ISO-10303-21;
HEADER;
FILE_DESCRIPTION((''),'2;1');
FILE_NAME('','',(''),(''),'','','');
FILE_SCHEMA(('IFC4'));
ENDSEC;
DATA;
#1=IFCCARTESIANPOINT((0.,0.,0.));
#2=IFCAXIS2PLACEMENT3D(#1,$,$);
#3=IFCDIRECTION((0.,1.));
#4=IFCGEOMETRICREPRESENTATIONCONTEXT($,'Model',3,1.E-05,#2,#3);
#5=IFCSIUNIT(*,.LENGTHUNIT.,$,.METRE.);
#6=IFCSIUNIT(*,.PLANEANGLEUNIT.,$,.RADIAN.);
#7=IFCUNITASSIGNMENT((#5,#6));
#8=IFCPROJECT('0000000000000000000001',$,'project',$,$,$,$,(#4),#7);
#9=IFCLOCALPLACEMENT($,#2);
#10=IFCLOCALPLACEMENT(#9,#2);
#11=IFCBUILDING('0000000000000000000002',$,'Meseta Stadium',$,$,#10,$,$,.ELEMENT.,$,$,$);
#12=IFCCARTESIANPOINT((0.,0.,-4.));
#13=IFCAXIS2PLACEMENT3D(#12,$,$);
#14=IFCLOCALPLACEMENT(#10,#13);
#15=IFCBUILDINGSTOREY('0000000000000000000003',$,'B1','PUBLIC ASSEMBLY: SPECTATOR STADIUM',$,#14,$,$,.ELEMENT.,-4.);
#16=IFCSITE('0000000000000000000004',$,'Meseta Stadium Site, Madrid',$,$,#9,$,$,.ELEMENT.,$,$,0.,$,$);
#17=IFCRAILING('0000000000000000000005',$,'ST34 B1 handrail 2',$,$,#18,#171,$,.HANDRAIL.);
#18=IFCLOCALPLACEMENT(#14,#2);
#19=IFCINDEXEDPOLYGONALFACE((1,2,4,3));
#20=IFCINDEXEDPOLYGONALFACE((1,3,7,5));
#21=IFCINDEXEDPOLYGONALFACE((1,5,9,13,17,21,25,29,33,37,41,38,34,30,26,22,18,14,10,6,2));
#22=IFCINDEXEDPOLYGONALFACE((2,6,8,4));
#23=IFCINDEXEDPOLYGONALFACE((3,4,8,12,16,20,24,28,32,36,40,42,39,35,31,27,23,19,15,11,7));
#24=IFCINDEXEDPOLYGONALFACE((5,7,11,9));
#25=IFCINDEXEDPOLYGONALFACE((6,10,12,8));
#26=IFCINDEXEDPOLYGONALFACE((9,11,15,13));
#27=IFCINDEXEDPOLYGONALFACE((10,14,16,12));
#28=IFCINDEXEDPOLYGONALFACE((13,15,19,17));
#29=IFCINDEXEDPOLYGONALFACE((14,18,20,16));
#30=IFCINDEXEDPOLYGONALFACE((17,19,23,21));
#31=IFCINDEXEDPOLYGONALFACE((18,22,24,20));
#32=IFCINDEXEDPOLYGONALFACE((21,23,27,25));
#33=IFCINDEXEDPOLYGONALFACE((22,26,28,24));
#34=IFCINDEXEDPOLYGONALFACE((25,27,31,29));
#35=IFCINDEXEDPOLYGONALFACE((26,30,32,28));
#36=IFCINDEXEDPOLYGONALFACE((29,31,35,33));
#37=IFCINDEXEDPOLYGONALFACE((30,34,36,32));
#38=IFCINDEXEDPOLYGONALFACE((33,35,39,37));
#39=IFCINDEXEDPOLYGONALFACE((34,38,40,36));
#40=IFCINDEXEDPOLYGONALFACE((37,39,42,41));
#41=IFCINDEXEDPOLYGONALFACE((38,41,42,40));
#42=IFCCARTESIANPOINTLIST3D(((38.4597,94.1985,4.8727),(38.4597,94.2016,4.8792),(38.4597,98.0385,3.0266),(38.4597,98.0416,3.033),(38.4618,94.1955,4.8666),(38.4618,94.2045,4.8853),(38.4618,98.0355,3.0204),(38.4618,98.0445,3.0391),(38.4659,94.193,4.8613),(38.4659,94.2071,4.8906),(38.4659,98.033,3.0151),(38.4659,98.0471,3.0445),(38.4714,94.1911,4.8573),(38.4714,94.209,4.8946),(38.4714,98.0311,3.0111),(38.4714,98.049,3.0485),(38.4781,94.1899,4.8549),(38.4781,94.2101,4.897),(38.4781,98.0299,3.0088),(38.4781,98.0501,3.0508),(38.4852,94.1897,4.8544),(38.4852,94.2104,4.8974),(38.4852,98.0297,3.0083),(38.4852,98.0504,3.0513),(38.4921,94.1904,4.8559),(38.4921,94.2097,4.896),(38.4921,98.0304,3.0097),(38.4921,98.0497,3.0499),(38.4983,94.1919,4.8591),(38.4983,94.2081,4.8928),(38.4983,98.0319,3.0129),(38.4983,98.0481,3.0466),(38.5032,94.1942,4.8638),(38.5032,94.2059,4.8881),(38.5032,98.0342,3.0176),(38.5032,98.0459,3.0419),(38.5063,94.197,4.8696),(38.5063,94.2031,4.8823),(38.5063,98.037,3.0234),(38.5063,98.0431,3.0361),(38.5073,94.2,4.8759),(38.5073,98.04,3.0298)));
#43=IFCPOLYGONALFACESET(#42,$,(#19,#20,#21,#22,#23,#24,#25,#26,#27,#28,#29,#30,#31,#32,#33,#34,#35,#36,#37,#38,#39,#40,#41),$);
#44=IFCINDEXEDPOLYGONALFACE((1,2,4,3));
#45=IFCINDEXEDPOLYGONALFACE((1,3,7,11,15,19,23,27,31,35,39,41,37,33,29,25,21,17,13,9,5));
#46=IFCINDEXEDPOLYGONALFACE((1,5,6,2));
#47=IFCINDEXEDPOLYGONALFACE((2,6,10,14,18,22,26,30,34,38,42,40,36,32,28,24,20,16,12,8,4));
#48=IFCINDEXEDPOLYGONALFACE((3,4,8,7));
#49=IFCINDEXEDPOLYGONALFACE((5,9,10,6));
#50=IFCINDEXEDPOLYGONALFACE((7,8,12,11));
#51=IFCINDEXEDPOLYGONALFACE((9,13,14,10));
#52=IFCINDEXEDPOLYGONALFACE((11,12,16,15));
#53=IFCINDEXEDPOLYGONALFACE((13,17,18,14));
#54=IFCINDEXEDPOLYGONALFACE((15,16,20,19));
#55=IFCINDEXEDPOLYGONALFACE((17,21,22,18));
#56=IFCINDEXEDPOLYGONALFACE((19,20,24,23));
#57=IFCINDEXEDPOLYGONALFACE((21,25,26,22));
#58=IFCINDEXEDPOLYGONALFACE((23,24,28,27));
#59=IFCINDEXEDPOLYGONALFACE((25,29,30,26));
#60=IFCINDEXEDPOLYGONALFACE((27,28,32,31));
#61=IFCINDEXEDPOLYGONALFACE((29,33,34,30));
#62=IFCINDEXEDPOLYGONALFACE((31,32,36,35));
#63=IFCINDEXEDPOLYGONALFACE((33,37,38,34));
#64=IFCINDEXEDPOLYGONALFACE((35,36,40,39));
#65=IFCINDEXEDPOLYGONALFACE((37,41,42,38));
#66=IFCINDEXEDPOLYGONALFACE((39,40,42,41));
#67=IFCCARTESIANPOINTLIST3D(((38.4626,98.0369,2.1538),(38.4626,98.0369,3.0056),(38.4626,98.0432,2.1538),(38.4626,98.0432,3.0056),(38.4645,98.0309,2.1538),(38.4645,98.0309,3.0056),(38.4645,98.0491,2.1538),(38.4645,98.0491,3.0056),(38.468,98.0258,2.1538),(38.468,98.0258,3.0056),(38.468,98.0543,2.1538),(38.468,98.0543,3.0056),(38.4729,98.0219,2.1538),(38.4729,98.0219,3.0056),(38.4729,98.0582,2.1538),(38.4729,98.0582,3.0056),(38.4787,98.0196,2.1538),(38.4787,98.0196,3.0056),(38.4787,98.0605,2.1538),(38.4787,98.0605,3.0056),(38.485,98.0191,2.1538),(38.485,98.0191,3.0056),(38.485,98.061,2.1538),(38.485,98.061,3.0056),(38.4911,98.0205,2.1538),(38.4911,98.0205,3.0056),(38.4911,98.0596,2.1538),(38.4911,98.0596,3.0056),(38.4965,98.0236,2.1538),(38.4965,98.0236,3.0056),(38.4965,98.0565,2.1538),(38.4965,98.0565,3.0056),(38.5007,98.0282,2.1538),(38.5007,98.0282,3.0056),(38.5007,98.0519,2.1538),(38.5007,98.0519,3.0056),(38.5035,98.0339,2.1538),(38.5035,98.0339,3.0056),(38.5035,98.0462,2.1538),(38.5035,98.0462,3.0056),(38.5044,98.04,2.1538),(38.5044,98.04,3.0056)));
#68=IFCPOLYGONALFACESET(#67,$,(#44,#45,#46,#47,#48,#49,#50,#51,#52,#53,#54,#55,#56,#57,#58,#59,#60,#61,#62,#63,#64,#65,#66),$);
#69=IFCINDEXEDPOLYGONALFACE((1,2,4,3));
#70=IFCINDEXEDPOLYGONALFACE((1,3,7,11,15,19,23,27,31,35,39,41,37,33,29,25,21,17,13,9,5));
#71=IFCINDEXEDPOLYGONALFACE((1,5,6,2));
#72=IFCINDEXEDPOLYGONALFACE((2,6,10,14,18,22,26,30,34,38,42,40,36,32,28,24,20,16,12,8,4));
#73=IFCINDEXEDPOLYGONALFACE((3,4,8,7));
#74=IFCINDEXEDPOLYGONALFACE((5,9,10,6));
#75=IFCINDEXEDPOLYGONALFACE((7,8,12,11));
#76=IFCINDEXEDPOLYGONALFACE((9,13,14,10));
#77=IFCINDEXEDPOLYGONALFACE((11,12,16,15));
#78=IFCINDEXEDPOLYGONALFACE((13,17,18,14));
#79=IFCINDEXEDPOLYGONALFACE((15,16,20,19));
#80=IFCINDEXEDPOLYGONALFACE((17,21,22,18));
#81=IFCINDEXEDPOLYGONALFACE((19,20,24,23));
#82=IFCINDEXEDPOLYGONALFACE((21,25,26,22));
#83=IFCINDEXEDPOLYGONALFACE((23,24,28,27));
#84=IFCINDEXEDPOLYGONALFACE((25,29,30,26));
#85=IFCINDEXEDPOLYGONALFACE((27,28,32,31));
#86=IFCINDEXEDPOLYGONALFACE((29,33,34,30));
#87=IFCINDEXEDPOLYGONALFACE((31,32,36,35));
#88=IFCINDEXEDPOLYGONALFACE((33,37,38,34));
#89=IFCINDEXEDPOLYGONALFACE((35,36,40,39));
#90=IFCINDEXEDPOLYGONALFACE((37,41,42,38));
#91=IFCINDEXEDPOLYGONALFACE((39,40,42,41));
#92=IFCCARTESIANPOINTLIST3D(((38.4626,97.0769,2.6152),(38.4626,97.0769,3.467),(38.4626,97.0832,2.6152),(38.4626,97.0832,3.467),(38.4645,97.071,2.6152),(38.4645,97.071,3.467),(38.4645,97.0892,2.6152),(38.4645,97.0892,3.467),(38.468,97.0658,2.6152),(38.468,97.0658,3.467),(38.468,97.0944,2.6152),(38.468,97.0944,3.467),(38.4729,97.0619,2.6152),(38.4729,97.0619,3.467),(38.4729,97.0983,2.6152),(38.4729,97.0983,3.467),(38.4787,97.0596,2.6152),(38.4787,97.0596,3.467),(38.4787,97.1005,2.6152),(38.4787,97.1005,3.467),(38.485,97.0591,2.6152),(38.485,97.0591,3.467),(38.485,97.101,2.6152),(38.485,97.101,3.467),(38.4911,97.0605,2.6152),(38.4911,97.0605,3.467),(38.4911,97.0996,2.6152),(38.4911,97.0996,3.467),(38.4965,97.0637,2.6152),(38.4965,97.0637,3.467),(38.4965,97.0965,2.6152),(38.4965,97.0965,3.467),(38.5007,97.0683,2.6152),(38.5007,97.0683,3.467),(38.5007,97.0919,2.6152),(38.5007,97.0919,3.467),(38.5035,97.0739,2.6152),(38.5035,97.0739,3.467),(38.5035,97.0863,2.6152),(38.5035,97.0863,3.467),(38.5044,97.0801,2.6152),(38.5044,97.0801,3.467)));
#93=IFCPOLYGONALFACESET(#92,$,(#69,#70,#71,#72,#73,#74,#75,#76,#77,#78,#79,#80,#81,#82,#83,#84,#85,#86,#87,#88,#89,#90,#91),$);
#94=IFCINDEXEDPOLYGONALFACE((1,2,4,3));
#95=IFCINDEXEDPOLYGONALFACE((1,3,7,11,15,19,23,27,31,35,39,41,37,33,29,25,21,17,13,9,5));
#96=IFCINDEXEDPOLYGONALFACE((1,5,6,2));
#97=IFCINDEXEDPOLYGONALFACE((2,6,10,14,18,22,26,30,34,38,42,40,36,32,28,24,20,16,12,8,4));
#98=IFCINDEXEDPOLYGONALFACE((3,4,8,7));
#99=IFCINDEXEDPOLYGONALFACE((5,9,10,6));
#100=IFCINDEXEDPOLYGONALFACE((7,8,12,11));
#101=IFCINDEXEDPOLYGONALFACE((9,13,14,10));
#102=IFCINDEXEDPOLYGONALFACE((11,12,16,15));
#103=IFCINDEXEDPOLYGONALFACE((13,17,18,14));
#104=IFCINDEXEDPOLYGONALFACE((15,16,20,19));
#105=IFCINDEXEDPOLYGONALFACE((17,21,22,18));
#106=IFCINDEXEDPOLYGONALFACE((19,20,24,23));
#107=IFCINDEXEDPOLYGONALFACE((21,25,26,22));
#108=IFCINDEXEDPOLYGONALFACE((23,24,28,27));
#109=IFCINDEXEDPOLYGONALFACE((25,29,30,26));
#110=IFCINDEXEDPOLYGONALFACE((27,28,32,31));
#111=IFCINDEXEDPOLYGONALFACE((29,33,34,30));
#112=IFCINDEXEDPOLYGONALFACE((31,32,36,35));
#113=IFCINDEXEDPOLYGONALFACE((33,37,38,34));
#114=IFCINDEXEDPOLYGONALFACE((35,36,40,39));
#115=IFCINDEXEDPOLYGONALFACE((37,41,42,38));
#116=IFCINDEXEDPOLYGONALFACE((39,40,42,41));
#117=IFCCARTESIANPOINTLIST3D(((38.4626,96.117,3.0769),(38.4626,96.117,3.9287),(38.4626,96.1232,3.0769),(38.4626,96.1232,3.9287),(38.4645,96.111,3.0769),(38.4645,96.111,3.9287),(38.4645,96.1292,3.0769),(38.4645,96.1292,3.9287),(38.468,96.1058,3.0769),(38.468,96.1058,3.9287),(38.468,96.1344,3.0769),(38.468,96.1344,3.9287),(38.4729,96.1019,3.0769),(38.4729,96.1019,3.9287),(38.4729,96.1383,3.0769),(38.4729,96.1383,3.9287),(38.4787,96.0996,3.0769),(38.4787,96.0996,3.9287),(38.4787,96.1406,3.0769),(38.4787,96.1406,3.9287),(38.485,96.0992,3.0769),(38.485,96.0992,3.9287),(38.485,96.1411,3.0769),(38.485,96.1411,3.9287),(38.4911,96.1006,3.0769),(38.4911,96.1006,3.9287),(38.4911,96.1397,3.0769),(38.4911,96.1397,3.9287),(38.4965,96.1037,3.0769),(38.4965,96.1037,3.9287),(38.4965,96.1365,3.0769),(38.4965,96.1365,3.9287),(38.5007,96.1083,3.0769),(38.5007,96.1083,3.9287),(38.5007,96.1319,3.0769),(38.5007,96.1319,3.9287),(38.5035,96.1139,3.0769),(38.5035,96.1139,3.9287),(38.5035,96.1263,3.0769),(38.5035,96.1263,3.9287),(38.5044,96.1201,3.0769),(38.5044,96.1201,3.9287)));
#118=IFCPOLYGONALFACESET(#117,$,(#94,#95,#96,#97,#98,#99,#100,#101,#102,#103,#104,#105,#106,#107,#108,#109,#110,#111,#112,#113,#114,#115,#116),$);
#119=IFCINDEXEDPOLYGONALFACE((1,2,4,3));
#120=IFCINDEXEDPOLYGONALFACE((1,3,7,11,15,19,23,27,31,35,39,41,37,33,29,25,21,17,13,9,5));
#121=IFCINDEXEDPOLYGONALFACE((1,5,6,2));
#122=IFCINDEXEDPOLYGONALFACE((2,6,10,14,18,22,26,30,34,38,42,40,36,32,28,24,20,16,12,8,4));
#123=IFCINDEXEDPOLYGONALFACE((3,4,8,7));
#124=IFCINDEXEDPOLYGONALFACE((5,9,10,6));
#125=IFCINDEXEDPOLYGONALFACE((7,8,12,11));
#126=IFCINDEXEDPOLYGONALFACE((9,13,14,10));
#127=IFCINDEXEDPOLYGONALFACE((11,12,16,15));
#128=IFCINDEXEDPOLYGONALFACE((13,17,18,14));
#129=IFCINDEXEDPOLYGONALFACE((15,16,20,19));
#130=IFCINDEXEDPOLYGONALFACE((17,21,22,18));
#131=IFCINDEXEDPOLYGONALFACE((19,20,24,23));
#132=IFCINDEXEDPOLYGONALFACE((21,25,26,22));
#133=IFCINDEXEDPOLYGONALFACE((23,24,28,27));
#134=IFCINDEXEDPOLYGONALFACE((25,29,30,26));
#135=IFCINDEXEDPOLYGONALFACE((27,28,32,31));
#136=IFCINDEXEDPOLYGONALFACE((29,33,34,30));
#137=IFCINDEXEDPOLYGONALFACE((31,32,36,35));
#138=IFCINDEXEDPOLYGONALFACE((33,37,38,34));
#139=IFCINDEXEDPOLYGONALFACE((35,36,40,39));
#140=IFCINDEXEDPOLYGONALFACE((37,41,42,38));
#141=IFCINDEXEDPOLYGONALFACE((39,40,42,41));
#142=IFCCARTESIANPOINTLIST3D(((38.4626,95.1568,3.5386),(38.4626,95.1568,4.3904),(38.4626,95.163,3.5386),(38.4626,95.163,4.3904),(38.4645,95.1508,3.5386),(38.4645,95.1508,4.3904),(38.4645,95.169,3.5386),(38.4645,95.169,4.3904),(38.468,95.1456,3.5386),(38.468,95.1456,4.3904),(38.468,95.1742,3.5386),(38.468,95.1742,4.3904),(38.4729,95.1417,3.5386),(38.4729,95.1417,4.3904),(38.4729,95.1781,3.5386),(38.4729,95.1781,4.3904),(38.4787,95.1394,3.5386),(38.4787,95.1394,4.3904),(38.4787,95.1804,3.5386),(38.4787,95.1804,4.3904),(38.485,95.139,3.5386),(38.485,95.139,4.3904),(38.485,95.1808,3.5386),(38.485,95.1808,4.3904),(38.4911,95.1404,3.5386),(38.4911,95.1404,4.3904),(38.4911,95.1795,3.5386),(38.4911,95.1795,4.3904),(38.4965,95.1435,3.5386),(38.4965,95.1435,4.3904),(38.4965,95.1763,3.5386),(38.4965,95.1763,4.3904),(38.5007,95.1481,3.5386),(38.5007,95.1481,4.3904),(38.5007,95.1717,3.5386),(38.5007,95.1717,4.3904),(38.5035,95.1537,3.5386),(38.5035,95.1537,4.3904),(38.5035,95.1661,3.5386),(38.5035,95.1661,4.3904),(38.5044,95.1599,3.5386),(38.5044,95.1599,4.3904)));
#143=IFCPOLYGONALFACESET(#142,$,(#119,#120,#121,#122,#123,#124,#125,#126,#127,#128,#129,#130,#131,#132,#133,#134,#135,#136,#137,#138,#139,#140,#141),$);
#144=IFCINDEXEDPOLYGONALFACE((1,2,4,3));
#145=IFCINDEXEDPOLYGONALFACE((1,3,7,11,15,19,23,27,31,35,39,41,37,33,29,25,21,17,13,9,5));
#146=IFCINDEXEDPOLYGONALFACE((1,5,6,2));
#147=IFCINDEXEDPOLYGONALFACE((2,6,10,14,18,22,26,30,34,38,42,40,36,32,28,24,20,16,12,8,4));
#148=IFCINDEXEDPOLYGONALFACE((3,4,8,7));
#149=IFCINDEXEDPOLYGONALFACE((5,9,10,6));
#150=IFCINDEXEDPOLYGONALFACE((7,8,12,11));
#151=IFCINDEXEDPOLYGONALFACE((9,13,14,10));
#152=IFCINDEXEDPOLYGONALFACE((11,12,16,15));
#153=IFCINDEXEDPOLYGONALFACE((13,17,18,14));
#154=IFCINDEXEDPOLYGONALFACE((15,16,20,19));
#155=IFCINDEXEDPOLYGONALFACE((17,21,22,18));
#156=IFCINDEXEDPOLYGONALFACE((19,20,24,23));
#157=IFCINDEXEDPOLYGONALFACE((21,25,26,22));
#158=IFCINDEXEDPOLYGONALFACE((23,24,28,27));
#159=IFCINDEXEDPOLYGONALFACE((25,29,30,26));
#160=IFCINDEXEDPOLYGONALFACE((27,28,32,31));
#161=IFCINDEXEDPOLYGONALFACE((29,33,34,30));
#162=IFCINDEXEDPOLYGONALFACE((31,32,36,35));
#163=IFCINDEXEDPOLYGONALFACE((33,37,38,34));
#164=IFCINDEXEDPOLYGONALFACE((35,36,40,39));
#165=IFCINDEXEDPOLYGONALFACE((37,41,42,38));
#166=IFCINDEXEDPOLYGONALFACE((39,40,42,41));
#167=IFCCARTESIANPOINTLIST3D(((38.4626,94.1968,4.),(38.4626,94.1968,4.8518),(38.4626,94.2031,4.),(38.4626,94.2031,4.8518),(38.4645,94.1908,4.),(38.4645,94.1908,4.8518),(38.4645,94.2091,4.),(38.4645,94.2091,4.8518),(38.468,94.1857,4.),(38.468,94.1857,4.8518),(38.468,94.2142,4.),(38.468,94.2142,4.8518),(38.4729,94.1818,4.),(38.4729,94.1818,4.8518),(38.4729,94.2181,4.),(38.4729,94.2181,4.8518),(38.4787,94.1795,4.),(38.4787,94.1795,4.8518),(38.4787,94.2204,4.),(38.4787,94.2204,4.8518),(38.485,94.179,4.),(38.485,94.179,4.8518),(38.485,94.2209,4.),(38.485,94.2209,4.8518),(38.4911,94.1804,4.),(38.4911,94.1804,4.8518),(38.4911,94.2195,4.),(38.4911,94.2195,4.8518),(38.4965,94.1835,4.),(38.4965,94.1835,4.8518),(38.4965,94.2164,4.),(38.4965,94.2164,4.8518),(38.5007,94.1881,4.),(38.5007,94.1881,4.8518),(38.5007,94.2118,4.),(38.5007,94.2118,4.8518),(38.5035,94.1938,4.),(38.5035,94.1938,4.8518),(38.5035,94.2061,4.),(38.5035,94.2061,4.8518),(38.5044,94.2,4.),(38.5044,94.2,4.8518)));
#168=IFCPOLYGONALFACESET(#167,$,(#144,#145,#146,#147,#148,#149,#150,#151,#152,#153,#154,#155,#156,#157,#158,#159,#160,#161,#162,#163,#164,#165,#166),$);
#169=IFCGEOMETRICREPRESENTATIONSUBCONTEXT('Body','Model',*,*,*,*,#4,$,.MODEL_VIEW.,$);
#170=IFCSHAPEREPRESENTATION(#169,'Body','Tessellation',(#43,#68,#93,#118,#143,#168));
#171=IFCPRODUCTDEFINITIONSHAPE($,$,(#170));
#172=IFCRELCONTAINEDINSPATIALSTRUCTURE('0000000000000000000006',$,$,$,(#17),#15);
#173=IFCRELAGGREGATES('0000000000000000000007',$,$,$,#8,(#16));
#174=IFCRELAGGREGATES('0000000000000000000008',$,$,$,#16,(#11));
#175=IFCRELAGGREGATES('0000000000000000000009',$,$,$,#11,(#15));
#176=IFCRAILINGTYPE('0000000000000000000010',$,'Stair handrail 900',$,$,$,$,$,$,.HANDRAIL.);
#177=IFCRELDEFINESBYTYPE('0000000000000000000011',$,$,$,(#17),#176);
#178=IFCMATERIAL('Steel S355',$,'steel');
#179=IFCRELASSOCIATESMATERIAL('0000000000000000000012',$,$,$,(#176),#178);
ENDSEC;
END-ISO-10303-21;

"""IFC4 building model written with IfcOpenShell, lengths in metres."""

from ifc_helpers import new_model, si_unit, direction, frame, origin, origin_2d, place, context, subcontext, project, spatial, circle, extrude, material, type_object, element, save


model = new_model("IFC4")

# Units and contexts
model_context = context("Model", 3, precision=1e-05, world=origin(), true_north=direction((0.0, 1.0)))
body_context = subcontext(model_context, "Body", "Model", "MODEL_VIEW")
ifc_project = project(units=[si_unit("LENGTHUNIT", "METRE"), si_unit("PLANEANGLEUNIT", "RADIAN")], contexts=[model_context])

# Site, building, storey
site_placement = place(None, origin())
site = spatial("IfcSite", under=ifc_project, at=site_placement, Name="Meseta Stadium Site, Madrid", CompositionType="ELEMENT", RefElevation=0.0)
building_placement = place(site_placement, origin())
building = spatial("IfcBuilding", under=site, at=building_placement, Name="Meseta Stadium", CompositionType="ELEMENT")
storey_placement = place(building_placement, frame((0.0, 0.0, -4.0)))
storey = spatial("IfcBuildingStorey", under=building, at=storey_placement, Name="B1", Description="PUBLIC ASSEMBLY: SPECTATOR STADIUM", CompositionType="ELEMENT", Elevation=-4.0)

# Railing
ifc_material_1 = material(Name="Steel S355", Category="steel")
railing_type_1 = type_object("IfcRailingType", Name="Stair handrail 900", PredefinedType="HANDRAIL", material=ifc_material_1)
for number, where, name in (
    (1, (38.4834, 98.04, 2.1538), "ST34 B1 handrail 2"),
):
    element("IfcRailing", number, at=place(storey_placement, frame(where)), inside=storey, type_object=railing_type_1, Name=name, PredefinedType="HANDRAIL", context=body_context, shape_type="SweptSolid", body=[
        extrude(circle(Radius=0.0239, at=origin_2d()), frame((0.0, 0.0, 0.876), z_axis=(0.0, -0.901253, 0.433294), x_axis=(1.0, 0.0, 0.0)), (0.0, 0.0, 1.0), 4.2607),
        extrude(circle(Radius=0.021, at=origin_2d()), origin(), (0.0, 0.0, 1.0), 0.8518),
        extrude(circle(Radius=0.021, at=origin_2d()), frame((0.0, -0.96, 0.4614)), (0.0, 0.0, 1.0), 0.8518),
        extrude(circle(Radius=0.021, at=origin_2d()), frame((0.0, -1.9199, 0.9231)), (0.0, 0.0, 1.0), 0.8518),
        extrude(circle(Radius=0.021, at=origin_2d()), frame((0.0, -2.8801, 1.3848)), (0.0, 0.0, 1.0), 0.8518),
        extrude(circle(Radius=0.021, at=origin_2d()), frame((0.0, -3.8401, 1.8462)), (0.0, 0.0, 1.0), 0.8518),
    ])

save(model, "model.ifc")
